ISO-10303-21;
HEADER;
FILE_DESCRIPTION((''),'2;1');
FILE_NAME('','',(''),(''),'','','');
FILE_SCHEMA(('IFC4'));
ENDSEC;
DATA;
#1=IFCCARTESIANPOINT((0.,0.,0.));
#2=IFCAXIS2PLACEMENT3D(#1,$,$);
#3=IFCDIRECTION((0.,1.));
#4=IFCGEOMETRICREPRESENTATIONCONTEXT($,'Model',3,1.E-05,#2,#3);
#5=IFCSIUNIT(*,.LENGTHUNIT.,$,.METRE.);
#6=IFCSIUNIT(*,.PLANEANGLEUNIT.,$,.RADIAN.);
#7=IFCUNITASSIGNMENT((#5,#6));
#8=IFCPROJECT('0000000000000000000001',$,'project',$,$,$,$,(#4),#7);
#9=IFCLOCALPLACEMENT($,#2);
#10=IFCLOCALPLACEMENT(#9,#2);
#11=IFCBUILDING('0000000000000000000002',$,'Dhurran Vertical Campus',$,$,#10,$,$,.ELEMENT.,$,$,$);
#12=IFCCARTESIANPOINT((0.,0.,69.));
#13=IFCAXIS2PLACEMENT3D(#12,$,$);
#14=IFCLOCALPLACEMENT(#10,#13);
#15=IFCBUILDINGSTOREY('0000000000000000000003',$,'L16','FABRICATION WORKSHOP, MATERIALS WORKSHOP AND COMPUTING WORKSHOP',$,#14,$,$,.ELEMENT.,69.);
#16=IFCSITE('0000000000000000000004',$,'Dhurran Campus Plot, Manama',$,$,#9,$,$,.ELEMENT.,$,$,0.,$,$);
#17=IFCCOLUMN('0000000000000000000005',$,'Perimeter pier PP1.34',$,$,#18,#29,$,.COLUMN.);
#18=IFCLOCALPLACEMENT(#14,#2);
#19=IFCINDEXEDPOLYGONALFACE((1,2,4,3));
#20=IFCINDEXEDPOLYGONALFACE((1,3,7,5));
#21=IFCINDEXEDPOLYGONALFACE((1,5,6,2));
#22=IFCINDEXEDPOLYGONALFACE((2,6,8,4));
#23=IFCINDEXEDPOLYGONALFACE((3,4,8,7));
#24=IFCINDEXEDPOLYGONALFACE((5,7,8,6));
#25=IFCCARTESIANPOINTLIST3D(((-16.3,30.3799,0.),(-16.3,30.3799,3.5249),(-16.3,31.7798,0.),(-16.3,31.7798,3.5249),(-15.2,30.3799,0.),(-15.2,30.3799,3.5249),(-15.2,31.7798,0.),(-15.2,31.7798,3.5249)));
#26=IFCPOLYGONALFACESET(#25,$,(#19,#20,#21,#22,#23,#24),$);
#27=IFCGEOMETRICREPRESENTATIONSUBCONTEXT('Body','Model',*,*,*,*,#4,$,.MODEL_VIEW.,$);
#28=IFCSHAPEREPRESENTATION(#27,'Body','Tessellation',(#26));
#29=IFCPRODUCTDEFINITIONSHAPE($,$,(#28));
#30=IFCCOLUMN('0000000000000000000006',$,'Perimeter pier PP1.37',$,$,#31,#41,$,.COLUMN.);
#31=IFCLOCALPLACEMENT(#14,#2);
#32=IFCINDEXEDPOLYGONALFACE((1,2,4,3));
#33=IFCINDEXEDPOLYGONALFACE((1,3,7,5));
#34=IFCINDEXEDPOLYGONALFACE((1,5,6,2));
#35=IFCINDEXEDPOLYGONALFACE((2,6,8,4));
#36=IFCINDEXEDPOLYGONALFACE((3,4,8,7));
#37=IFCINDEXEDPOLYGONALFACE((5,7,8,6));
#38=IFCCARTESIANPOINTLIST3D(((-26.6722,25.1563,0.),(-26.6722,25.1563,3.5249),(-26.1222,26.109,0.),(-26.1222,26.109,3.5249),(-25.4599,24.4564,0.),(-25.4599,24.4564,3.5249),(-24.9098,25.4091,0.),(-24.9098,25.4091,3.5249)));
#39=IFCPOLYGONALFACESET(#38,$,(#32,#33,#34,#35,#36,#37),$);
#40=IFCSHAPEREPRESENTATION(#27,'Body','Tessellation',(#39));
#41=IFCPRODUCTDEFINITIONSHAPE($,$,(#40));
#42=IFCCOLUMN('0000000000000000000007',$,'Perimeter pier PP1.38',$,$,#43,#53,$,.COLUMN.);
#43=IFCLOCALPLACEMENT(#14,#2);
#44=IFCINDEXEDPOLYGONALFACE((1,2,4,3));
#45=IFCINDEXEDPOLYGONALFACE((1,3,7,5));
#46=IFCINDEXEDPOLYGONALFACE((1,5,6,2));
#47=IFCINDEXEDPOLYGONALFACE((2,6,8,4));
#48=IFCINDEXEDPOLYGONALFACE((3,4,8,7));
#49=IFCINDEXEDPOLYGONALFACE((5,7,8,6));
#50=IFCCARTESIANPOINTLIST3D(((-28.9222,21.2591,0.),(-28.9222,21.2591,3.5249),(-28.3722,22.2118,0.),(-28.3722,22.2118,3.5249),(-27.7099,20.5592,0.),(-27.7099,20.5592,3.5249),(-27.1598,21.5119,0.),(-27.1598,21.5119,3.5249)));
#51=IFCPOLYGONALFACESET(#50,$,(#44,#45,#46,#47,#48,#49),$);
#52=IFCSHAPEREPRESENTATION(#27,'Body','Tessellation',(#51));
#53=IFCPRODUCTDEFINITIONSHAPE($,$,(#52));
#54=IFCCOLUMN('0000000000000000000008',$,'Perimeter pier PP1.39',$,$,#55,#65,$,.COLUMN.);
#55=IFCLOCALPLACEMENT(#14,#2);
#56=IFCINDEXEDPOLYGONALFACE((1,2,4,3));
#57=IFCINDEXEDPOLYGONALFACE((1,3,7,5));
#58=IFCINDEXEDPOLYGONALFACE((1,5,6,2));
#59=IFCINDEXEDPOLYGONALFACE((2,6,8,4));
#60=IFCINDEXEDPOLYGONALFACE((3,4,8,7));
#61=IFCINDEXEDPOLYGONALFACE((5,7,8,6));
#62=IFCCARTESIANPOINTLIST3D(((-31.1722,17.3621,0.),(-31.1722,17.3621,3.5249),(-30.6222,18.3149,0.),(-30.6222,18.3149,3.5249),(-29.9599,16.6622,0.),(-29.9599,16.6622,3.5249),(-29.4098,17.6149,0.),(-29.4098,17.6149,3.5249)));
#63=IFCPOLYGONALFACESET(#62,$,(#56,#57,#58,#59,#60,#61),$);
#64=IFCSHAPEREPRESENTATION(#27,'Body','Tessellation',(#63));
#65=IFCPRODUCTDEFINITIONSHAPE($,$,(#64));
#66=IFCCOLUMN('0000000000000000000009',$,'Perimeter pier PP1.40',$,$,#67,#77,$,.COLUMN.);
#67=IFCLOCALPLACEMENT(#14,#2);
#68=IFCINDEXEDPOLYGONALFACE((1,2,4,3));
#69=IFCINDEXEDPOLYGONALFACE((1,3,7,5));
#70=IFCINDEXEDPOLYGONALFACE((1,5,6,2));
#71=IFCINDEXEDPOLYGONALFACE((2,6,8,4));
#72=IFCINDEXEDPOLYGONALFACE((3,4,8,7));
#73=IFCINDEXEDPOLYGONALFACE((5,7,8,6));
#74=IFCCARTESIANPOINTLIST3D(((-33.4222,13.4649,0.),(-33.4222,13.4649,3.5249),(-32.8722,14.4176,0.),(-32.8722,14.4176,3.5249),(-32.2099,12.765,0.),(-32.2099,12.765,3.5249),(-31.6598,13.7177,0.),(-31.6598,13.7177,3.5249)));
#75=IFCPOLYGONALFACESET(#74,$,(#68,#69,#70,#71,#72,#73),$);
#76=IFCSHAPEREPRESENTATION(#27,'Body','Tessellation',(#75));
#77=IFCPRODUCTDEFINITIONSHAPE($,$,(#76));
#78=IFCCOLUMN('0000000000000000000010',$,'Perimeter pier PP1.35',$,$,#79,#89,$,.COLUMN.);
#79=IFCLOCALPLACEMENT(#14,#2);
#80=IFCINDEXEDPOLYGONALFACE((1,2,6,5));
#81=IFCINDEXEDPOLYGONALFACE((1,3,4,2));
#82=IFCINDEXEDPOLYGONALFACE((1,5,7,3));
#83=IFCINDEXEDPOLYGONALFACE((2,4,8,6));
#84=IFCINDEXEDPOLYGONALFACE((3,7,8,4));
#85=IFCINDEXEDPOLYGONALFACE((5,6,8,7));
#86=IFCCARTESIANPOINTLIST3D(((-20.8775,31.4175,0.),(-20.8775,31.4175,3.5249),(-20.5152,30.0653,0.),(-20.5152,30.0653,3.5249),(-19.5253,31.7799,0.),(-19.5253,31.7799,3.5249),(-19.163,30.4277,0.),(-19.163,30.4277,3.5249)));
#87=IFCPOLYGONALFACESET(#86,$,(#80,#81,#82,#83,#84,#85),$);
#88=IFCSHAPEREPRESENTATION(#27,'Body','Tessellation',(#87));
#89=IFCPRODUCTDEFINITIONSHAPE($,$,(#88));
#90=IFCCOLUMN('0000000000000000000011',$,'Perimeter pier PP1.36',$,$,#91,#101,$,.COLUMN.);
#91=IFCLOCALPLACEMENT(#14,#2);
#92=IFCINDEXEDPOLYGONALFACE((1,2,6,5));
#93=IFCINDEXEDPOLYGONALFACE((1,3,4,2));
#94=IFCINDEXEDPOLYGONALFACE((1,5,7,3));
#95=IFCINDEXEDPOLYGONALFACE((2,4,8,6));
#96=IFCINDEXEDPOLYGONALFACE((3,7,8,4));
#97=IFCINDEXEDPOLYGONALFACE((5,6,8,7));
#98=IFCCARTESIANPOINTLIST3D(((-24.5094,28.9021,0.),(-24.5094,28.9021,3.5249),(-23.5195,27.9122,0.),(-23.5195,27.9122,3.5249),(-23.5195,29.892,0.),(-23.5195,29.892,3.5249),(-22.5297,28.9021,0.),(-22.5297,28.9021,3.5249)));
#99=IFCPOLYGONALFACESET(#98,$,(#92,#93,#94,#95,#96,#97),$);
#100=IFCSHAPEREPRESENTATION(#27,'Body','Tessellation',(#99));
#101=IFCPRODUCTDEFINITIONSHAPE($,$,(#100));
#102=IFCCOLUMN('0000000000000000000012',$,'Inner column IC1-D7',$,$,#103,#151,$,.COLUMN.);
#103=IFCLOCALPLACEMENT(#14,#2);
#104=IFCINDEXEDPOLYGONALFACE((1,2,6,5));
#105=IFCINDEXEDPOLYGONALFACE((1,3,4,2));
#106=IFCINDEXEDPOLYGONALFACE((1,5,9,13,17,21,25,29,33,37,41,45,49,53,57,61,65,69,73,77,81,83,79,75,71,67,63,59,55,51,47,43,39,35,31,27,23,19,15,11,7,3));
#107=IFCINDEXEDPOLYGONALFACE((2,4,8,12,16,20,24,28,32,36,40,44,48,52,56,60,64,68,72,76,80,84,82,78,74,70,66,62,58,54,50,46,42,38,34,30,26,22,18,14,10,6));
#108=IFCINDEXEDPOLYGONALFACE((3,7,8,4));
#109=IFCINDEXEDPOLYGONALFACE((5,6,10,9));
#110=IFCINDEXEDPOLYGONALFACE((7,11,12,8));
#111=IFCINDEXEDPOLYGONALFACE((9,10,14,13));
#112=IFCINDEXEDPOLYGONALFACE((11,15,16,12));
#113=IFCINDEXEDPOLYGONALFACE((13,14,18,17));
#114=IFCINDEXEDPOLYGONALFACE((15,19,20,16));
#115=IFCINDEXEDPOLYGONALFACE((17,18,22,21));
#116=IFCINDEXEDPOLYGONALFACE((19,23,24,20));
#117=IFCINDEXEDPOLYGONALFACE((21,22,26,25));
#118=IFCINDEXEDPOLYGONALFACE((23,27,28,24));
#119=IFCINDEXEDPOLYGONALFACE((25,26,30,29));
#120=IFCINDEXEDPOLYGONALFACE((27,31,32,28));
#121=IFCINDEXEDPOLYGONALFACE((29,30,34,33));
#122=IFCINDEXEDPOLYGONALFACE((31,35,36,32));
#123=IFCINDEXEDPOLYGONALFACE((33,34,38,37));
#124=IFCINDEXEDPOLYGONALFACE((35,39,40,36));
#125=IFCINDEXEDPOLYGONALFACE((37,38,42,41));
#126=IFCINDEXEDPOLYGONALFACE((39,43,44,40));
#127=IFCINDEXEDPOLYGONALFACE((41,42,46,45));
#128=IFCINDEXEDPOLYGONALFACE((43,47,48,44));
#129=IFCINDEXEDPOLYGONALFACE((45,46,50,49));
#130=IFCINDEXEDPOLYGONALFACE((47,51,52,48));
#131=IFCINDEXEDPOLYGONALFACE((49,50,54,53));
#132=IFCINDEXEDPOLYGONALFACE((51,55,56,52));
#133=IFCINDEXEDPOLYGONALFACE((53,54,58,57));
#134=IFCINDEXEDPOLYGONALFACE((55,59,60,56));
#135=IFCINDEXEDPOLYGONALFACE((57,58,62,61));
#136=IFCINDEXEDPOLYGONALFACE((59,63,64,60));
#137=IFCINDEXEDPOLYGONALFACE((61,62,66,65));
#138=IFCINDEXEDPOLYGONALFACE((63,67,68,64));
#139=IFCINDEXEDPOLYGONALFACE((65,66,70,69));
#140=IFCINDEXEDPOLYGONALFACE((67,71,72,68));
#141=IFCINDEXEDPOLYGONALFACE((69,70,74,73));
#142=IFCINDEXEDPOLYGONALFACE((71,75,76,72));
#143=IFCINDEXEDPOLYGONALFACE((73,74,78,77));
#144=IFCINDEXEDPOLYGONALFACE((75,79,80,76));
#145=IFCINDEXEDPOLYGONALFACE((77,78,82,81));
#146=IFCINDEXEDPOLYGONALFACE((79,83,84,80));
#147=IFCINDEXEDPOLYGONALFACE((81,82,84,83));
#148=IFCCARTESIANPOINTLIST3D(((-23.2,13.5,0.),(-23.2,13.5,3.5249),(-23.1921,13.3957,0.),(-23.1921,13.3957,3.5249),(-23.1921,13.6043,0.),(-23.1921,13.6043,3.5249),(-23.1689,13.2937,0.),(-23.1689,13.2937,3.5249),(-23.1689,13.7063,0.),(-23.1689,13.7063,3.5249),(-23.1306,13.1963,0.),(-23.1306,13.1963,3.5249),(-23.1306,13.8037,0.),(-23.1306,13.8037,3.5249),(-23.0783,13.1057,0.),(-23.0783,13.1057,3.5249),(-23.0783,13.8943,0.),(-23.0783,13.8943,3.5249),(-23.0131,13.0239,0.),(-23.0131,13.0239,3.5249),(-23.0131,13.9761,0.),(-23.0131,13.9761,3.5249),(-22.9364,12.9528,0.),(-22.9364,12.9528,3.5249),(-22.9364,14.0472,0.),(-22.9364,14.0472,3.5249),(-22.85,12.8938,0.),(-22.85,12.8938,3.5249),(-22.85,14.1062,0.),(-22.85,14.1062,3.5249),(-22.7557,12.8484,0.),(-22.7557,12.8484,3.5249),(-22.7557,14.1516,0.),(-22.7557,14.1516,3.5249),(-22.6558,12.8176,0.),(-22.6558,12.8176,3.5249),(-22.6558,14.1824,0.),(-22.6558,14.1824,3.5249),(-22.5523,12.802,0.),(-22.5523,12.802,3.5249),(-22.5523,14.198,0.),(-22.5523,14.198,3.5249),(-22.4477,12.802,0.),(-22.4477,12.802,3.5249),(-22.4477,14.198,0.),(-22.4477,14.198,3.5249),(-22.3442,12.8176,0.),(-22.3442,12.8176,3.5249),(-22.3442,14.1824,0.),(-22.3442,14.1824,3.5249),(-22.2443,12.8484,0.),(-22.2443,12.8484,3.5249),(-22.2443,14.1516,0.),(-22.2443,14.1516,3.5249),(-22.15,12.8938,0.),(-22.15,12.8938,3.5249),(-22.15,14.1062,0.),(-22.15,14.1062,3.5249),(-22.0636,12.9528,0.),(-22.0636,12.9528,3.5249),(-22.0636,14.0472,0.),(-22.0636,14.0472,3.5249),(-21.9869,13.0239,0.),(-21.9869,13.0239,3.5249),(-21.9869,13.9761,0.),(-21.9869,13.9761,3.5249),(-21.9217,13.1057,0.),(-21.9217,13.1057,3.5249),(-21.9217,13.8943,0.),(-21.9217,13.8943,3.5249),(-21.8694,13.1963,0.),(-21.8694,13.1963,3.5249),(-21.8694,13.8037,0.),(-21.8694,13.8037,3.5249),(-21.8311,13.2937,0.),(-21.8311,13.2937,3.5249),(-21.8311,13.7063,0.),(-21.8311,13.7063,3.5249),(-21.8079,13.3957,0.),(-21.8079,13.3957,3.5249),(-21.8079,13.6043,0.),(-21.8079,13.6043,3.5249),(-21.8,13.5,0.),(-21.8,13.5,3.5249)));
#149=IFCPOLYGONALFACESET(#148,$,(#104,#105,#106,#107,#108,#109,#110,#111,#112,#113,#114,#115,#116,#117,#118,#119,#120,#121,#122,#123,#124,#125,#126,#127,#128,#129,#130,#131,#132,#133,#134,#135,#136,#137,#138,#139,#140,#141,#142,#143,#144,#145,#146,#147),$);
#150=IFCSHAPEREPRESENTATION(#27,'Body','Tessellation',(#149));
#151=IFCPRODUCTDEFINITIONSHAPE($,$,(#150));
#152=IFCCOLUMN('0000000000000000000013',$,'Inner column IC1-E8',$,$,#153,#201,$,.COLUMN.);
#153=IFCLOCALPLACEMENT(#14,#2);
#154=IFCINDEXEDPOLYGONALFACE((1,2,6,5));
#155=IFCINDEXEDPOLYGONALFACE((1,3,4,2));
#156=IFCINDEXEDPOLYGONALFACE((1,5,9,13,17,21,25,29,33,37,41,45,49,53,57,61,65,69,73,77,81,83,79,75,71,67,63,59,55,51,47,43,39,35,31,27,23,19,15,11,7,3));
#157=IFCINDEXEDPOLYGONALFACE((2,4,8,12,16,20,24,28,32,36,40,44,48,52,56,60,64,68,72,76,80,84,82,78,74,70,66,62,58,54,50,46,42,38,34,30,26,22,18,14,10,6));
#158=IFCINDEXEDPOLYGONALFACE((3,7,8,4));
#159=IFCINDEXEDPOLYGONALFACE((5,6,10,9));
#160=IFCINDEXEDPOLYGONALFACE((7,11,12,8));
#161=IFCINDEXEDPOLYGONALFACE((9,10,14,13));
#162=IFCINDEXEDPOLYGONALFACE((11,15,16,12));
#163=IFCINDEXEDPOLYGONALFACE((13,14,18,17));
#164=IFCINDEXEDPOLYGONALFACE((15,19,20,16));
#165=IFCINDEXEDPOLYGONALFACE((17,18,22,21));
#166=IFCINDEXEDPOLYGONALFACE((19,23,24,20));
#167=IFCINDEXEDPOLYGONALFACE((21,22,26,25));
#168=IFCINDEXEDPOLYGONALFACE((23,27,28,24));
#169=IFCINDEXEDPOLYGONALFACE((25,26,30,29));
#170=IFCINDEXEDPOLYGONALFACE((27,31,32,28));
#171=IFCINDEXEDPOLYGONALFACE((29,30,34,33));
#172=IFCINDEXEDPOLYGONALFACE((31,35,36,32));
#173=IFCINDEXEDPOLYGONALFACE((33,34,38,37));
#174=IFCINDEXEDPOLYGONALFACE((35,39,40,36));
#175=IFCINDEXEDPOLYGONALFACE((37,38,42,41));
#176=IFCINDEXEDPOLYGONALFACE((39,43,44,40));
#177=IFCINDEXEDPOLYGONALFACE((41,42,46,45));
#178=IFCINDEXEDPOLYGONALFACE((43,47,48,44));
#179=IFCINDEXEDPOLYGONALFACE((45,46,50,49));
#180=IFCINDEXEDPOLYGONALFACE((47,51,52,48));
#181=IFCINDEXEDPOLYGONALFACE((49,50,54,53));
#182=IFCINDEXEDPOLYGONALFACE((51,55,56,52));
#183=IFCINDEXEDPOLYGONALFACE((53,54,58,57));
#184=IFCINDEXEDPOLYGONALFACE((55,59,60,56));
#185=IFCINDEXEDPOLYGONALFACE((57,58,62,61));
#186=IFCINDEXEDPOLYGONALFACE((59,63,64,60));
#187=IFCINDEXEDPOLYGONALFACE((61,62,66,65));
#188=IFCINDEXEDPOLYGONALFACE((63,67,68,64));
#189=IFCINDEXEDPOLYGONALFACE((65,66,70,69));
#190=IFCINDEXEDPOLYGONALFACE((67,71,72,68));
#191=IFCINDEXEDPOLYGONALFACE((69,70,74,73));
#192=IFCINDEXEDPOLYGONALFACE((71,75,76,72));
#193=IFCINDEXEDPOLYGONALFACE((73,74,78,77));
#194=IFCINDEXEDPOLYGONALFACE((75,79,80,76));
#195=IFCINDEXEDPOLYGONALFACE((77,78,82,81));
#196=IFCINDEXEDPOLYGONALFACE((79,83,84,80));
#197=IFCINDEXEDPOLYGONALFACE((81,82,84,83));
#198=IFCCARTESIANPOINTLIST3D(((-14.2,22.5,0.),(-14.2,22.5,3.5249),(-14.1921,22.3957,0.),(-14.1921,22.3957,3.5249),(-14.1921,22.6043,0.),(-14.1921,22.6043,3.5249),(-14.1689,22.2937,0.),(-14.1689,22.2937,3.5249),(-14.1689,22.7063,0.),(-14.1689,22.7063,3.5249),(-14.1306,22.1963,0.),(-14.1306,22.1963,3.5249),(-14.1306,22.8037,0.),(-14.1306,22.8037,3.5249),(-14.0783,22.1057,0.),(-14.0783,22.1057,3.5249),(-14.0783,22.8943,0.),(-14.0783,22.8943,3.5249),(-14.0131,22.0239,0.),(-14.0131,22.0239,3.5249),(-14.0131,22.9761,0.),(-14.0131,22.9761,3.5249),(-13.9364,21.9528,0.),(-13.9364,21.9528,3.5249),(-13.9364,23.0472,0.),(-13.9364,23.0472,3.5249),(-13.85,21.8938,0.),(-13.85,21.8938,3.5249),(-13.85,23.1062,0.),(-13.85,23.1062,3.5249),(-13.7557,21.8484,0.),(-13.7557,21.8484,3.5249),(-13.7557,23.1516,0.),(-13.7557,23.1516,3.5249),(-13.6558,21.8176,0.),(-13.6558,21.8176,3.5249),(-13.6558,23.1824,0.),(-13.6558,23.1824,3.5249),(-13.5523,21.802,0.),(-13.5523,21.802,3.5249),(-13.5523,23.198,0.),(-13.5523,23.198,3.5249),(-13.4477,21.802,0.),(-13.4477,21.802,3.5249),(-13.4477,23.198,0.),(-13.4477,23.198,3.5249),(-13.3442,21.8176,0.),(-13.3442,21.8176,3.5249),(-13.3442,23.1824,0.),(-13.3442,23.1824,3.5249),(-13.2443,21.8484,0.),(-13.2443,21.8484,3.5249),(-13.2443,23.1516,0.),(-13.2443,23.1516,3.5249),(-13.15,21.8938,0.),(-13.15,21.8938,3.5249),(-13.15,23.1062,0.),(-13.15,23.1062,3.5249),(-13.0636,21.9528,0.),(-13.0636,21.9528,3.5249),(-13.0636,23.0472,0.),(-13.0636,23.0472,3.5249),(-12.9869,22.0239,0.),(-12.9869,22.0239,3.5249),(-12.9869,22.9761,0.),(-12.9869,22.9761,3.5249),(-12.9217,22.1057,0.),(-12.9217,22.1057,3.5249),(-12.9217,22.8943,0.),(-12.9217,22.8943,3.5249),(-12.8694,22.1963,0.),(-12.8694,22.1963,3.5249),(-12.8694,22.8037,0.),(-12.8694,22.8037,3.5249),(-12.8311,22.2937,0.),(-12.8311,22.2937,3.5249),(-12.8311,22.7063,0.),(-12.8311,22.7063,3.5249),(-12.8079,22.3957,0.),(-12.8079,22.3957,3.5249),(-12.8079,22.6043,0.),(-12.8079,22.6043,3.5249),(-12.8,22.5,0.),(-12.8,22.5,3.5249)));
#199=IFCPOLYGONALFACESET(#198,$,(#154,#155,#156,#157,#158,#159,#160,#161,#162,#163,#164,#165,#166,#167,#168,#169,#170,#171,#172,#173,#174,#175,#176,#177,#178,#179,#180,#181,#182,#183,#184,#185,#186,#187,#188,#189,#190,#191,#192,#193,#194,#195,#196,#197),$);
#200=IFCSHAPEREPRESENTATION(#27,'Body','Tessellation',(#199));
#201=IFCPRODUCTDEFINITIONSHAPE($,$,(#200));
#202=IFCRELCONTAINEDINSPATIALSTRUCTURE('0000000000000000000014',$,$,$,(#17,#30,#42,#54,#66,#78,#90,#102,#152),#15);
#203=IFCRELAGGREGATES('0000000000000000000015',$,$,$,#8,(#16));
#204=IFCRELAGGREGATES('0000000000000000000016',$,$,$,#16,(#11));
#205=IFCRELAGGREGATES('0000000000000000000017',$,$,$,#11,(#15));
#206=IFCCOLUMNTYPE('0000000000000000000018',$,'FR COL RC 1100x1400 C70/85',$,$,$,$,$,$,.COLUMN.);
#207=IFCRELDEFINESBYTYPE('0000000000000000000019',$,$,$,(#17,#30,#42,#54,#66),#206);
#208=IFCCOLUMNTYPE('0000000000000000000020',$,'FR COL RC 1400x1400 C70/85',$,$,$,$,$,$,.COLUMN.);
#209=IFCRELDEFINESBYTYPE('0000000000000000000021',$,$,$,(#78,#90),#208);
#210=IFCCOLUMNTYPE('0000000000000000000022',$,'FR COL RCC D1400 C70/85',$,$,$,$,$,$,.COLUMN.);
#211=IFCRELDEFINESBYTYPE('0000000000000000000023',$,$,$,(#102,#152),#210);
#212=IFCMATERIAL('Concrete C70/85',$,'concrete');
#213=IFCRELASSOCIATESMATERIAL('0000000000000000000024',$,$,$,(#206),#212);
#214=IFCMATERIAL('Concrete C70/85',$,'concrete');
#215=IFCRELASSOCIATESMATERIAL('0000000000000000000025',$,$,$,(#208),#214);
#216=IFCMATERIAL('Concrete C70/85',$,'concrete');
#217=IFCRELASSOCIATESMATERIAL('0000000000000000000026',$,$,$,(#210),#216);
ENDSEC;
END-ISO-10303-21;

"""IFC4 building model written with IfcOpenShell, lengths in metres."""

from ifc_helpers import new_model, si_unit, direction, frame, origin, origin_2d, place, context, subcontext, project, spatial, rectangle, circle, extrude, material, material_profile, profile_set, type_object, element, save


model = new_model("IFC4")

# Units and contexts
model_context = context("Model", 3, precision=1e-05, world=origin(), true_north=direction((0.0, 1.0)))
body_context = subcontext(model_context, "Body", "Model", "MODEL_VIEW")
ifc_project = project(units=[si_unit("LENGTHUNIT", "METRE"), si_unit("PLANEANGLEUNIT", "RADIAN")], contexts=[model_context])

# Site, building, storey
site_placement = place(None, origin())
site = spatial("IfcSite", under=ifc_project, at=site_placement, Name="Dhurran Campus Plot, Manama", CompositionType="ELEMENT", RefElevation=0.0)
building_placement = place(site_placement, origin())
building = spatial("IfcBuilding", under=site, at=building_placement, Name="Dhurran Vertical Campus", CompositionType="ELEMENT")
storey_placement = place(building_placement, frame((0.0, 0.0, 69.0)))
storey = spatial("IfcBuildingStorey", under=building, at=storey_placement, Name="L16", Description="FABRICATION WORKSHOP, MATERIALS WORKSHOP AND COMPUTING WORKSHOP", CompositionType="ELEMENT", Elevation=69.0)

# Columns
ifc_material_1 = material(Name="Concrete C70/85", Category="concrete")
ifc_material_profile_1 = material_profile(ifc_material_1, rectangle(XDim=1.1001, YDim=1.3999, at=origin_2d()), Name="RC 1100x1400")
ifc_profile_set_1 = profile_set([ifc_material_profile_1], Name="Concrete C70/85")
column_type_1 = type_object("IfcColumnType", Name="FR COL RC 1100x1400 C70/85", PredefinedType="COLUMN", material=ifc_profile_set_1)
for number, where, z_axis, x_axis, name in (
    (1, (-15.75, 31.0798, 0.0), (0.0, 0.0, 1.0), (-1.0, 0.0, 0.0), "Perimeter pier PP1.34"),
    (2, (-25.791, 25.2827, 0.0), (0.0, 0.0, 1.0), (-0.5, -0.866025, 0.0), "Perimeter pier PP1.37"),
    (3, (-28.041, 21.3855, 0.0), (0.0, 0.0, 1.0), (-0.5, -0.866025, 0.0), "Perimeter pier PP1.38"),
    (4, (-30.291, 17.4885, 0.0), (0.0, 0.0, 1.0), (-0.5, -0.866025, 0.0), "Perimeter pier PP1.39"),
    (5, (-32.541, 13.5913, 0.0), (0.0, 0.0, 1.0), (-0.5, -0.866025, 0.0), "Perimeter pier PP1.40"),
):
    element("IfcColumn", number, at=place(storey_placement, frame(where, z_axis=z_axis, x_axis=x_axis)), inside=storey, type_object=column_type_1, Name=name, PredefinedType="COLUMN", context=body_context, shape_type="SweptSolid", body=[
        extrude(rectangle(XDim=1.1001, YDim=1.3999, at=origin_2d()), origin(), (0.0, 0.0, 1.0), 3.5249),
    ])
ifc_material_2 = material(Name="Concrete C70/85", Category="concrete")
ifc_material_profile_2 = material_profile(ifc_material_2, rectangle(XDim=1.3999, YDim=1.3999, at=origin_2d()), Name="RC 1400x1400")
ifc_profile_set_2 = profile_set([ifc_material_profile_2], Name="Concrete C70/85")
column_type_2 = type_object("IfcColumnType", Name="FR COL RC 1400x1400 C70/85", PredefinedType="COLUMN", material=ifc_profile_set_2)
for number, where, z_axis, x_axis, name in (
    (6, (-20.0203, 30.9226, 0.0), (0.0, 0.0, 1.0), (-0.965926, -0.258819, 0.0), "Perimeter pier PP1.35"),
    (7, (-23.5195, 28.9021, 0.0), (0.0, 0.0, 1.0), (-0.707107, -0.707107, 0.0), "Perimeter pier PP1.36"),
):
    element("IfcColumn", number, at=place(storey_placement, frame(where, z_axis=z_axis, x_axis=x_axis)), inside=storey, type_object=column_type_2, Name=name, PredefinedType="COLUMN", context=body_context, shape_type="SweptSolid", body=[
        extrude(rectangle(XDim=1.3999, YDim=1.3999, at=origin_2d()), origin(), (0.0, 0.0, 1.0), 3.5249),
    ])
ifc_material_3 = material(Name="Concrete C70/85", Category="concrete")
ifc_material_profile_3 = material_profile(ifc_material_3, circle(Radius=0.7, at=origin_2d()), Name="RCC D1400")
ifc_profile_set_3 = profile_set([ifc_material_profile_3], Name="Concrete C70/85")
column_type_3 = type_object("IfcColumnType", Name="FR COL RCC D1400 C70/85", PredefinedType="COLUMN", material=ifc_profile_set_3)
for number, where, z_axis, x_axis, name in (
    (8, (-22.5, 13.5, 0.0), (0.0, 0.0, 1.0), (1.0, 0.0, 0.0), "Inner column IC1-D7"),
    (9, (-13.5, 22.5, 0.0), (0.0, 0.0, 1.0), (1.0, 0.0, 0.0), "Inner column IC1-E8"),
):
    element("IfcColumn", number, at=place(storey_placement, frame(where, z_axis=z_axis, x_axis=x_axis)), inside=storey, type_object=column_type_3, Name=name, PredefinedType="COLUMN", context=body_context, shape_type="SweptSolid", body=[
        extrude(circle(Radius=0.7, at=origin_2d()), origin(), (0.0, 0.0, 1.0), 3.5249),
    ])

save(model, "model.ifc")
